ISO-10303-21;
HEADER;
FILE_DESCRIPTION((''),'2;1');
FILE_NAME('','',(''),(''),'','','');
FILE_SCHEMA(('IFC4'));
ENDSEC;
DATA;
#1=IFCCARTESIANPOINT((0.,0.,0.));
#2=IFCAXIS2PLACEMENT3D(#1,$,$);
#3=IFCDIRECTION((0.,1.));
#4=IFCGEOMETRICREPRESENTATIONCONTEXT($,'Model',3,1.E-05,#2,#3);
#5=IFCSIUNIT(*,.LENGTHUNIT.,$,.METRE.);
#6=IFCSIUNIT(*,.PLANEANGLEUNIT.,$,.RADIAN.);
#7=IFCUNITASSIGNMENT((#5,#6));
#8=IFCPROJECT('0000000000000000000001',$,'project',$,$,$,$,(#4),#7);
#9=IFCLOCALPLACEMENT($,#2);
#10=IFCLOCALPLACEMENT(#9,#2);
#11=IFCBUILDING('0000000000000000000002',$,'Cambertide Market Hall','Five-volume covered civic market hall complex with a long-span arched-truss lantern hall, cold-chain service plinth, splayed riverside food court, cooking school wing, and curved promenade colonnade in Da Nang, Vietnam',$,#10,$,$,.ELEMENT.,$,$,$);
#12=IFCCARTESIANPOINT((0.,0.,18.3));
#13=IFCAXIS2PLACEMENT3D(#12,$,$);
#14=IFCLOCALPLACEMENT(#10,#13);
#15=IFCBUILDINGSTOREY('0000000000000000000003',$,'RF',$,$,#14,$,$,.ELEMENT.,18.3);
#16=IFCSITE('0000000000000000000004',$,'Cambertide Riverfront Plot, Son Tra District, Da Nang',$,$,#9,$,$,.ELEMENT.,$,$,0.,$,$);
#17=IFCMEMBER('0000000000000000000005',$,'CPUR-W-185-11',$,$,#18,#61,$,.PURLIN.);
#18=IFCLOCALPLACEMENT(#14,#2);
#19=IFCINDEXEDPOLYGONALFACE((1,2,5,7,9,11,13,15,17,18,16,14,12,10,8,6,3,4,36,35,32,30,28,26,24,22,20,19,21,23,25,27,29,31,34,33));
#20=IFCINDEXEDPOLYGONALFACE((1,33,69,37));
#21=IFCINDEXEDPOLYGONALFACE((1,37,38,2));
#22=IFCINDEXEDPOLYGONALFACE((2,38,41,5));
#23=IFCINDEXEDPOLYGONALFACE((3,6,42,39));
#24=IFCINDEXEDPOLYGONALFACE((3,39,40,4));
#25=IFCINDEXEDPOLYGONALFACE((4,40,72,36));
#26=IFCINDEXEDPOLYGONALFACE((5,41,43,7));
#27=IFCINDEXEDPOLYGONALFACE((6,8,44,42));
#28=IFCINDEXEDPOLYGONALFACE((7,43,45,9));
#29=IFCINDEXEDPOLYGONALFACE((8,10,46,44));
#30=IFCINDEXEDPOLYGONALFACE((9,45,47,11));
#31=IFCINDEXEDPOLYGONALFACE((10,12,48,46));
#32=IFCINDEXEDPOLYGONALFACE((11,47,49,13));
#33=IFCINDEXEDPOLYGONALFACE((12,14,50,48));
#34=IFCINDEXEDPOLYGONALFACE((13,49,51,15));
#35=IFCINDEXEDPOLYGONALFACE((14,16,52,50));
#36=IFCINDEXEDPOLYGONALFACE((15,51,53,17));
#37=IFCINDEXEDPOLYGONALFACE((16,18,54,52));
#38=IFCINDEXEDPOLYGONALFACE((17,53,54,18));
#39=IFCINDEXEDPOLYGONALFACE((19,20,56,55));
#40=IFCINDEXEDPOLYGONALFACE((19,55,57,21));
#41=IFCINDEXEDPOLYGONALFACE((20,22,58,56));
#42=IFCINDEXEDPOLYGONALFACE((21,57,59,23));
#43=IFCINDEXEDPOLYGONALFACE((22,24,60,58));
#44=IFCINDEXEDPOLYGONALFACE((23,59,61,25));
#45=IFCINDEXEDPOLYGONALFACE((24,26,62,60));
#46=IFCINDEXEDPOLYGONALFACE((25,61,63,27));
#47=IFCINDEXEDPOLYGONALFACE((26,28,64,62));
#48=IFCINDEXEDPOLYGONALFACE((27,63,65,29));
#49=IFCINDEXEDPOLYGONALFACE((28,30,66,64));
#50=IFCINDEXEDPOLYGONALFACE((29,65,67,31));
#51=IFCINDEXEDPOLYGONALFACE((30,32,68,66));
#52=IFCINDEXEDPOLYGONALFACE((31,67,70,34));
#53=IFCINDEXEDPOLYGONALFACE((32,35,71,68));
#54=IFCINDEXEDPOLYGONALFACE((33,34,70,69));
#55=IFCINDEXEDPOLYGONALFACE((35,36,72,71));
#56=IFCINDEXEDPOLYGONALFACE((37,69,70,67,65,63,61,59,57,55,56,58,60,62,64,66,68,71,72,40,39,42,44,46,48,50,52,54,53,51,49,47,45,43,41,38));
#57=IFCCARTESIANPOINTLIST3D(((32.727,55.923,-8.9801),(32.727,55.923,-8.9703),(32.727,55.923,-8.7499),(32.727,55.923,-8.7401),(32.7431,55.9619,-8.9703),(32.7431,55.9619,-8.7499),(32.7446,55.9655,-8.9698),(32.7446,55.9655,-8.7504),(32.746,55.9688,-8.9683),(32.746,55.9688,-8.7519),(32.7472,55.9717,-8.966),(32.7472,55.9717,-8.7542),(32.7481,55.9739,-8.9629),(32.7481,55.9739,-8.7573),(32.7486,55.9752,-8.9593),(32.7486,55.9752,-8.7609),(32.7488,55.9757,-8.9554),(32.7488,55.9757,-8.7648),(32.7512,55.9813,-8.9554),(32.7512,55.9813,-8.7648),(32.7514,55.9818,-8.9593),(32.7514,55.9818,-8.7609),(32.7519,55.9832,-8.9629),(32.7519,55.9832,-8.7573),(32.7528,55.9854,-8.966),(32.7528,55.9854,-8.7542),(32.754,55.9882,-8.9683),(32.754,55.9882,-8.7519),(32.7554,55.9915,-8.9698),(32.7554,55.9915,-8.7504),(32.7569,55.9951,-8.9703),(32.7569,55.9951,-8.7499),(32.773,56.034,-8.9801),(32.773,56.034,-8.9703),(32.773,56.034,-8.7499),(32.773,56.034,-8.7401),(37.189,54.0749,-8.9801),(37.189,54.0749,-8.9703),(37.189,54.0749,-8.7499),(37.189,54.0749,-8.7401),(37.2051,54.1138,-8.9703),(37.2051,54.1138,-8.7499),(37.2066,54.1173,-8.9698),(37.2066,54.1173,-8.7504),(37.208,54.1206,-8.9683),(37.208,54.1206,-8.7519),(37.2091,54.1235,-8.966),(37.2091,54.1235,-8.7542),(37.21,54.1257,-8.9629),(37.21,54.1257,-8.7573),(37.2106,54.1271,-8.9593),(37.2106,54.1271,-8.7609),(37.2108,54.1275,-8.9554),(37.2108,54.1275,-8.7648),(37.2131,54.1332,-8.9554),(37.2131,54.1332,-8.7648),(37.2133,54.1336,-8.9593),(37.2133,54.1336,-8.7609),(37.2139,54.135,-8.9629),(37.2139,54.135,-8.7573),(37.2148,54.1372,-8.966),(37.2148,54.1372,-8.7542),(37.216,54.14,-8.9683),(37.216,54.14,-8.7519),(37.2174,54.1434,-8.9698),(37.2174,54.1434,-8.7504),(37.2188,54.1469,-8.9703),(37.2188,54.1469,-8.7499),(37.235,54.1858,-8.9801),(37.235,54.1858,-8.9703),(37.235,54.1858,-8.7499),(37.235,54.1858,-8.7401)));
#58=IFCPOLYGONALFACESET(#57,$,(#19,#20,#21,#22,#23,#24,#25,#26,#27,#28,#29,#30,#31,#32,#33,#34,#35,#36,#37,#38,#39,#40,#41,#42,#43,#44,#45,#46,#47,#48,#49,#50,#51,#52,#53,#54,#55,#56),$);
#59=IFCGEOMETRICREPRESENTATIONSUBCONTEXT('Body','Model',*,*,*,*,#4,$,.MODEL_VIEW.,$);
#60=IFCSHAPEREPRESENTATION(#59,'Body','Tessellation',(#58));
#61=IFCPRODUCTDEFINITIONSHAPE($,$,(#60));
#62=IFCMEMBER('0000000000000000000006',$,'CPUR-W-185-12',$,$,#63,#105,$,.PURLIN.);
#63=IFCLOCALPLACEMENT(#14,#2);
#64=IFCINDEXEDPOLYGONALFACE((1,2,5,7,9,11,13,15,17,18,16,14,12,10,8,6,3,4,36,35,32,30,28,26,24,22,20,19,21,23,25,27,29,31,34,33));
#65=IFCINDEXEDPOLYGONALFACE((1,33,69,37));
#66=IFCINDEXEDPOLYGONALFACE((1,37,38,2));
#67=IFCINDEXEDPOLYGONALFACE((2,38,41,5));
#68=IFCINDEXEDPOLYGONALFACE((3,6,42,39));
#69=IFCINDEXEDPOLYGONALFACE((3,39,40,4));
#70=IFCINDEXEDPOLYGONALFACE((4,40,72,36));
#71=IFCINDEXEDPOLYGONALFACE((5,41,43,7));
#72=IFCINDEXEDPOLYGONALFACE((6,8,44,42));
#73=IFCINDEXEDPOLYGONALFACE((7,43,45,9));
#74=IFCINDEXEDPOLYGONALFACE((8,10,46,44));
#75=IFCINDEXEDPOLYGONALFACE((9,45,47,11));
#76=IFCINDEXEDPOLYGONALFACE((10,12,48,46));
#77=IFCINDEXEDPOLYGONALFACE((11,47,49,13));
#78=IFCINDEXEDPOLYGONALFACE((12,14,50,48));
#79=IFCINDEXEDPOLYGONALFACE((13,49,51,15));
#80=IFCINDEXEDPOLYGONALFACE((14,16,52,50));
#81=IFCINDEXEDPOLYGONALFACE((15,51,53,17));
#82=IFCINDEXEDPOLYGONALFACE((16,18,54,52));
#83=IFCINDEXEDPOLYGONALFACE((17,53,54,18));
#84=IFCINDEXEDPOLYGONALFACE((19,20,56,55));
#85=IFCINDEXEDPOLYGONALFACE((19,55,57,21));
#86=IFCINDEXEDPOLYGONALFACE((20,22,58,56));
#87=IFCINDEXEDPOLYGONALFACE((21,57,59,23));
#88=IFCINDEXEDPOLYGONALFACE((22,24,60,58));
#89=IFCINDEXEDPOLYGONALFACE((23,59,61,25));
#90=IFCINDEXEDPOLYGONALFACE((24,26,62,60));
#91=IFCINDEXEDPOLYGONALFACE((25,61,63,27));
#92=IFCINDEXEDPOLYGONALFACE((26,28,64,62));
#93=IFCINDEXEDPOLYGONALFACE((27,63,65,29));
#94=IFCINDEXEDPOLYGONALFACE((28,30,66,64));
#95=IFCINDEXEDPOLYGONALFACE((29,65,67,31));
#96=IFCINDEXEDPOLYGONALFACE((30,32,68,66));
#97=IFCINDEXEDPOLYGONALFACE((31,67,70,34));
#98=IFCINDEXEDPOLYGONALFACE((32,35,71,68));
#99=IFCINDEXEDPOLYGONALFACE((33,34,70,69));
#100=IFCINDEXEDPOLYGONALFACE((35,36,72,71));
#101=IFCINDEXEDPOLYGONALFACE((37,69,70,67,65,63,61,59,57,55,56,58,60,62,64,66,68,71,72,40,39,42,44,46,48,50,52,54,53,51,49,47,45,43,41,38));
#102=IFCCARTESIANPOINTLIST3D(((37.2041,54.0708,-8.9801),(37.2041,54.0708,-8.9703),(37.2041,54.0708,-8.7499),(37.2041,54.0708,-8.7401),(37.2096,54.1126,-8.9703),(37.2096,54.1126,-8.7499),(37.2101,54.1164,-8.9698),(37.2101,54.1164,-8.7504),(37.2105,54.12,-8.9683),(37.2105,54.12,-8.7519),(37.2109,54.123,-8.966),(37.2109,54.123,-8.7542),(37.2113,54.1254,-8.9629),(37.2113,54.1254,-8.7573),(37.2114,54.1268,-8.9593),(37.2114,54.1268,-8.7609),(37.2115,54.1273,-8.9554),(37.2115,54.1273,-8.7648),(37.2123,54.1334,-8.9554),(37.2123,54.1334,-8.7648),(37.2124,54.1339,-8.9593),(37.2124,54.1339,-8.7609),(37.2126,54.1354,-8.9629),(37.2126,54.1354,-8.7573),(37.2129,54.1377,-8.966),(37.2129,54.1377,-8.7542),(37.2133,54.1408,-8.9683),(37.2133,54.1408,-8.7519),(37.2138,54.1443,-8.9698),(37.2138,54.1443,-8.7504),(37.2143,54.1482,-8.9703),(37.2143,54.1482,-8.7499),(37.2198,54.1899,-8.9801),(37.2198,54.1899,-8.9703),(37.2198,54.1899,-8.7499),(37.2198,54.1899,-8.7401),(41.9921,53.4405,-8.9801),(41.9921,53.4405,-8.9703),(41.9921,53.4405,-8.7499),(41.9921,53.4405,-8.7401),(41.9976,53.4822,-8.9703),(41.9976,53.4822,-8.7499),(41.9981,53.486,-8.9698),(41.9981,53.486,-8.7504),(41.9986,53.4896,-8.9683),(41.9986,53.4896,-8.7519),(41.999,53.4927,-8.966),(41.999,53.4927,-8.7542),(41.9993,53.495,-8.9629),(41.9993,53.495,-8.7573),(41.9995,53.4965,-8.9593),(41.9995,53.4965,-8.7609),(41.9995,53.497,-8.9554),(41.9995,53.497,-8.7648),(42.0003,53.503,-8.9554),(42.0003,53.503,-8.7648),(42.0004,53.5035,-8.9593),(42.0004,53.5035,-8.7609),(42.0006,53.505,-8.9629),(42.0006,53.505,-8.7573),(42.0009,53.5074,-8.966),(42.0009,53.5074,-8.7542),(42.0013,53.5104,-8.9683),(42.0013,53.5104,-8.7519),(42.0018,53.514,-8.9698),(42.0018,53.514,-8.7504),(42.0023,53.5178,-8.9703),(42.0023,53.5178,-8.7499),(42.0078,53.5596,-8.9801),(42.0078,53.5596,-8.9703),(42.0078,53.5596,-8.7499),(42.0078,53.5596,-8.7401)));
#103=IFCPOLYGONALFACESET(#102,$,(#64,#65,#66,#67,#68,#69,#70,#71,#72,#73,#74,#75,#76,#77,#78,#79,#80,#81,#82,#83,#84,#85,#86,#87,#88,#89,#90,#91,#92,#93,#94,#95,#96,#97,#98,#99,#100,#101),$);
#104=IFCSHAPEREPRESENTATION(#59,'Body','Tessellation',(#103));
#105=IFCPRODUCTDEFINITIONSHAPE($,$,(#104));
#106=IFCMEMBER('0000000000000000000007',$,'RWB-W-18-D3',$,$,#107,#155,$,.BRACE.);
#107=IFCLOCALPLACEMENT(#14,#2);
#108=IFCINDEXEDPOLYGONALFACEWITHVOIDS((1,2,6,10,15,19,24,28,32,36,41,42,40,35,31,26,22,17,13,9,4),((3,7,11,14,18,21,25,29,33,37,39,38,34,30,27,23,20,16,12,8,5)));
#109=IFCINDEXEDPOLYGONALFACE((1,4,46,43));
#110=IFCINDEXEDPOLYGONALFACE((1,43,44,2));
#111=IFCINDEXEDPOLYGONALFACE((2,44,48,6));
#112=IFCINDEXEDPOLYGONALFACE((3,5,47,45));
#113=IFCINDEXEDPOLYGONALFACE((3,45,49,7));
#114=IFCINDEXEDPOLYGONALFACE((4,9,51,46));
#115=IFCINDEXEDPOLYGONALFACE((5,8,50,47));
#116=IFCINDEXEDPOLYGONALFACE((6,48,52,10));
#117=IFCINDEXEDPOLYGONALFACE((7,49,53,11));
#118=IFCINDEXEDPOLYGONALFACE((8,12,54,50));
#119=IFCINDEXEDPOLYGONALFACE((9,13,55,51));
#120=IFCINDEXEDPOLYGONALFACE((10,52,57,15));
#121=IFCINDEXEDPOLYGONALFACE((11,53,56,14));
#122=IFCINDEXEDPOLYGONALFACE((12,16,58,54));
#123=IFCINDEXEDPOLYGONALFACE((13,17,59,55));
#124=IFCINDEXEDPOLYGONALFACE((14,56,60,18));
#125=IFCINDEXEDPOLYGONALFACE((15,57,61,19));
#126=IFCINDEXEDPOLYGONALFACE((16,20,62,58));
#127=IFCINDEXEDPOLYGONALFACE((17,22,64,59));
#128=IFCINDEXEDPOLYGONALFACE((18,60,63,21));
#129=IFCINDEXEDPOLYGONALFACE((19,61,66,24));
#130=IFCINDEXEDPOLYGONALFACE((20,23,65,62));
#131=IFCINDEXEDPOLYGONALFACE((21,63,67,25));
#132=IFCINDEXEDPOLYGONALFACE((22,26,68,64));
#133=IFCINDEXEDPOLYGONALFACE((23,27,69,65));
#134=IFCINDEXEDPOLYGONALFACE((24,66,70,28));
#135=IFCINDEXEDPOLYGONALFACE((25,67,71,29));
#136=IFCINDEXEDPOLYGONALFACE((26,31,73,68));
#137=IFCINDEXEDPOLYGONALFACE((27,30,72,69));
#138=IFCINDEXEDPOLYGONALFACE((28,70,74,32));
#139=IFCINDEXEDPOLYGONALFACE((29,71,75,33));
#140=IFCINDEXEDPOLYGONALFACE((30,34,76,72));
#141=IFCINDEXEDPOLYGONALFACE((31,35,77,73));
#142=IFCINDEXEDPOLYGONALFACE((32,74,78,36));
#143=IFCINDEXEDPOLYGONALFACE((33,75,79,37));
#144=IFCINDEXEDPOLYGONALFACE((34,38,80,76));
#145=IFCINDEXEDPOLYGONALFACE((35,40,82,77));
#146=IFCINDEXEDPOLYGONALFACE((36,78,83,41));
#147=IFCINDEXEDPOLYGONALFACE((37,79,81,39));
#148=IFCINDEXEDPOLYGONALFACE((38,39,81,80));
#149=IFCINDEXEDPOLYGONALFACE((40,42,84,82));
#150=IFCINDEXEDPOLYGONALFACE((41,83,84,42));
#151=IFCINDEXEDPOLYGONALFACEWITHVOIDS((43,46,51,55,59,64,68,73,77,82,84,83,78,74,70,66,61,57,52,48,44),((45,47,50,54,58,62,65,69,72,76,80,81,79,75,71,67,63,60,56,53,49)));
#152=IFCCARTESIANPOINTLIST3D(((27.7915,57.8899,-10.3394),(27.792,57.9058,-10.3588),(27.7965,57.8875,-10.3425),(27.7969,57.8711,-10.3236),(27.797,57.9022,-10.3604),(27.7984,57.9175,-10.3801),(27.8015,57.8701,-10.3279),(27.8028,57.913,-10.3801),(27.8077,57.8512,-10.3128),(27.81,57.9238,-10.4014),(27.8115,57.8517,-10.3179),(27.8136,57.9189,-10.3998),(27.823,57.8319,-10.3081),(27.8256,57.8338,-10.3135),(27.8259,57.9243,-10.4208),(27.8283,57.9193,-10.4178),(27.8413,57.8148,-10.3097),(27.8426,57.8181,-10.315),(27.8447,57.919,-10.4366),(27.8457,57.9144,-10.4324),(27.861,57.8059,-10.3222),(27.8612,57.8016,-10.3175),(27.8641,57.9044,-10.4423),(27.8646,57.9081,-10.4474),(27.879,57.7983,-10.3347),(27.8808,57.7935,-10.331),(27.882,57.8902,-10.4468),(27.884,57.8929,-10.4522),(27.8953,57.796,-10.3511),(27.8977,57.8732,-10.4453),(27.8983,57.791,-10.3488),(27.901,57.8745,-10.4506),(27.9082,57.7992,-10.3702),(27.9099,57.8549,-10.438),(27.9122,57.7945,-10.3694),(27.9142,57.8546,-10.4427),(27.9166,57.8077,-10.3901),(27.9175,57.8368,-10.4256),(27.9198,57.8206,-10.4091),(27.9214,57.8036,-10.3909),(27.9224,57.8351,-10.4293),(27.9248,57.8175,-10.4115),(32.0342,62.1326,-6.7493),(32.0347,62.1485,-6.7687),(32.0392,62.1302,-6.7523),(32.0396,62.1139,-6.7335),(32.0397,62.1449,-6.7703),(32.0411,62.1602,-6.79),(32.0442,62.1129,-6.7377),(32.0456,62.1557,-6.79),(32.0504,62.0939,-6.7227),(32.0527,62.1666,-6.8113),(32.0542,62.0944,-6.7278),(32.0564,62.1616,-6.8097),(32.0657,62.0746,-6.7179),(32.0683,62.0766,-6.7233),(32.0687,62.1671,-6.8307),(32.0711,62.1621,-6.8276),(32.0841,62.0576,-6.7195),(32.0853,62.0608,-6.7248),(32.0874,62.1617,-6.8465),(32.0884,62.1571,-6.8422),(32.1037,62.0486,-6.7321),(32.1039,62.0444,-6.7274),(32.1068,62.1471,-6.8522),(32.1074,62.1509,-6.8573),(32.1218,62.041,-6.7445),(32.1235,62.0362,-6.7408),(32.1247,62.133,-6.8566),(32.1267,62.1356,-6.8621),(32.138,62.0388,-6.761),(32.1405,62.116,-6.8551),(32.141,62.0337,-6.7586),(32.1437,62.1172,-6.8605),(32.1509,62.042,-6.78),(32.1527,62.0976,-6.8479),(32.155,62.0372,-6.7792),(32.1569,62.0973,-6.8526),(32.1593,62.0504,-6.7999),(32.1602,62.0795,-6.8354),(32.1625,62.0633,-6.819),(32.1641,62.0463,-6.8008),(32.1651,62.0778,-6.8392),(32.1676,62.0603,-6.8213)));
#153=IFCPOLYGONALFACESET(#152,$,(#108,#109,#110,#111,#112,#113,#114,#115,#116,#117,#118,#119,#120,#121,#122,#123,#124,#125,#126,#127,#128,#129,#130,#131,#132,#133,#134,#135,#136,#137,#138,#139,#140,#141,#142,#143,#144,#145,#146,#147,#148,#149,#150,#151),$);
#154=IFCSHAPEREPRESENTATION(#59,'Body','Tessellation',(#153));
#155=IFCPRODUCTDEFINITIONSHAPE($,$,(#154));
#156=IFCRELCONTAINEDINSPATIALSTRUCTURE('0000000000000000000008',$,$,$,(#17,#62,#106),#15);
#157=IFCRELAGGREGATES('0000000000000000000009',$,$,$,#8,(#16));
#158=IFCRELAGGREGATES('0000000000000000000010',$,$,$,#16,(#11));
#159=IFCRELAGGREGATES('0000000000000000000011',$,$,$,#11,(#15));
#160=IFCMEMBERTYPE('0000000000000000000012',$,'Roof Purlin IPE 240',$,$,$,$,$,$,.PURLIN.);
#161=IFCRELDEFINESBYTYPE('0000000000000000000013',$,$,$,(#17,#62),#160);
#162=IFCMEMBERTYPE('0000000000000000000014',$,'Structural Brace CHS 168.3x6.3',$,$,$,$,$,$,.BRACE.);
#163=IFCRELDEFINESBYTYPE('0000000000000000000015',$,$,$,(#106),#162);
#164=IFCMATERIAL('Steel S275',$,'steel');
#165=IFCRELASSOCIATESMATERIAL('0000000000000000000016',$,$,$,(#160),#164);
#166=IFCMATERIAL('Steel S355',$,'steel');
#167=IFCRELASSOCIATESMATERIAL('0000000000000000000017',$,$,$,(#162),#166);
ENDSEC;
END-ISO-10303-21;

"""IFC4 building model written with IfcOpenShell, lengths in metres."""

from ifc_helpers import new_model, si_unit, direction, frame, origin, origin_2d, place, context, subcontext, project, spatial, hollow_circle, i_section, extrude, material, material_profile, profile_set, type_object, element, save


model = new_model("IFC4")

# Units and contexts
model_context = context("Model", 3, precision=1e-05, world=origin(), true_north=direction((0.0, 1.0)))
body_context = subcontext(model_context, "Body", "Model", "MODEL_VIEW")
ifc_project = project(units=[si_unit("LENGTHUNIT", "METRE"), si_unit("PLANEANGLEUNIT", "RADIAN")], contexts=[model_context])

# Site, building, storey
site_placement = place(None, origin())
site = spatial("IfcSite", under=ifc_project, at=site_placement, Name="Cambertide Riverfront Plot, Son Tra District, Da Nang", CompositionType="ELEMENT", RefElevation=0.0)
building_placement = place(site_placement, origin())
building = spatial("IfcBuilding", under=site, at=building_placement, Name="Cambertide Market Hall", Description="Five-volume covered civic market hall complex with a long-span arched-truss lantern hall, cold-chain service plinth, splayed riverside food court, cooking school wing, and curved promenade colonnade in Da Nang, Vietnam", CompositionType="ELEMENT")
storey_placement = place(building_placement, frame((0.0, 0.0, 18.3)))
storey = spatial("IfcBuildingStorey", under=building, at=storey_placement, Name="RF", CompositionType="ELEMENT", Elevation=18.3)

# Members
ifc_material_1 = material(Name="Steel S275", Category="steel")
ifc_material_profile_1 = material_profile(ifc_material_1, i_section(OverallWidth=0.1201, OverallDepth=0.24, WebThickness=0.0061, FlangeThickness=0.0098, FilletRadius=0.0149, at=origin_2d()), Name="IPE 240")
ifc_profile_set_1 = profile_set([ifc_material_profile_1], Name="Steel S275")
member_type_1 = type_object("IfcMemberType", Name="Roof Purlin IPE 240", PredefinedType="PURLIN", material=ifc_profile_set_1)
member_1_placement = place(storey_placement, frame((32.75, 55.9785, -8.8601), z_axis=(0.923883, -0.382676, 0.0), x_axis=(0.382676, 0.923883, 0.0)))
element("IfcMember", 1, at=member_1_placement, inside=storey, type_object=member_type_1, Name="CPUR-W-185-11", PredefinedType="PURLIN", context=body_context, shape_type="SweptSolid", body=[
    extrude(i_section(OverallWidth=0.1201, OverallDepth=0.24, WebThickness=0.0061, FlangeThickness=0.0098, FilletRadius=0.0149, at=origin_2d()), origin(), (0.0, 0.0, 1.0), 4.8296),
])
member_2_placement = place(storey_placement, frame((37.2119, 54.1304, -8.8601), z_axis=(0.991445, -0.130528, 0.0), x_axis=(0.130528, 0.991445, 0.0)))
element("IfcMember", 2, at=member_2_placement, inside=storey, type_object=member_type_1, Name="CPUR-W-185-12", PredefinedType="PURLIN", context=body_context, shape_type="SweptSolid", body=[
    extrude(i_section(OverallWidth=0.1201, OverallDepth=0.24, WebThickness=0.0061, FlangeThickness=0.0098, FilletRadius=0.0149, at=origin_2d()), origin(), (0.0, 0.0, 1.0), 4.8293),
])
ifc_material_2 = material(Name="Steel S355", Category="steel")
ifc_material_profile_2 = material_profile(ifc_material_2, hollow_circle(Radius=0.0842, WallThickness=0.0063, at=origin_2d()), Name="CHS 168.3x6.3")
ifc_profile_set_2 = profile_set([ifc_material_profile_2], Name="Steel S355")
member_type_2 = type_object("IfcMemberType", Name="Structural Brace CHS 168.3x6.3", PredefinedType="BRACE", material=ifc_profile_set_2)
for number, where, z_axis, x_axis, name in (
    (3, (27.8579, 57.8579, -10.3801), (0.606782, 0.606782, 0.51345), (-0.707107, 0.707107, 0.0), "RWB-W-18-D3"),
):
    element("IfcMember", number, at=place(storey_placement, frame(where, z_axis=z_axis, x_axis=x_axis)), inside=storey, type_object=member_type_2, Name=name, PredefinedType="BRACE", context=body_context, shape_type="SweptSolid", body=[
        extrude(hollow_circle(Radius=0.0842, WallThickness=0.0063, at=origin_2d()), origin(), (0.0, 0.0, 1.0), 6.9922),
    ])

save(model, "model.ifc")
